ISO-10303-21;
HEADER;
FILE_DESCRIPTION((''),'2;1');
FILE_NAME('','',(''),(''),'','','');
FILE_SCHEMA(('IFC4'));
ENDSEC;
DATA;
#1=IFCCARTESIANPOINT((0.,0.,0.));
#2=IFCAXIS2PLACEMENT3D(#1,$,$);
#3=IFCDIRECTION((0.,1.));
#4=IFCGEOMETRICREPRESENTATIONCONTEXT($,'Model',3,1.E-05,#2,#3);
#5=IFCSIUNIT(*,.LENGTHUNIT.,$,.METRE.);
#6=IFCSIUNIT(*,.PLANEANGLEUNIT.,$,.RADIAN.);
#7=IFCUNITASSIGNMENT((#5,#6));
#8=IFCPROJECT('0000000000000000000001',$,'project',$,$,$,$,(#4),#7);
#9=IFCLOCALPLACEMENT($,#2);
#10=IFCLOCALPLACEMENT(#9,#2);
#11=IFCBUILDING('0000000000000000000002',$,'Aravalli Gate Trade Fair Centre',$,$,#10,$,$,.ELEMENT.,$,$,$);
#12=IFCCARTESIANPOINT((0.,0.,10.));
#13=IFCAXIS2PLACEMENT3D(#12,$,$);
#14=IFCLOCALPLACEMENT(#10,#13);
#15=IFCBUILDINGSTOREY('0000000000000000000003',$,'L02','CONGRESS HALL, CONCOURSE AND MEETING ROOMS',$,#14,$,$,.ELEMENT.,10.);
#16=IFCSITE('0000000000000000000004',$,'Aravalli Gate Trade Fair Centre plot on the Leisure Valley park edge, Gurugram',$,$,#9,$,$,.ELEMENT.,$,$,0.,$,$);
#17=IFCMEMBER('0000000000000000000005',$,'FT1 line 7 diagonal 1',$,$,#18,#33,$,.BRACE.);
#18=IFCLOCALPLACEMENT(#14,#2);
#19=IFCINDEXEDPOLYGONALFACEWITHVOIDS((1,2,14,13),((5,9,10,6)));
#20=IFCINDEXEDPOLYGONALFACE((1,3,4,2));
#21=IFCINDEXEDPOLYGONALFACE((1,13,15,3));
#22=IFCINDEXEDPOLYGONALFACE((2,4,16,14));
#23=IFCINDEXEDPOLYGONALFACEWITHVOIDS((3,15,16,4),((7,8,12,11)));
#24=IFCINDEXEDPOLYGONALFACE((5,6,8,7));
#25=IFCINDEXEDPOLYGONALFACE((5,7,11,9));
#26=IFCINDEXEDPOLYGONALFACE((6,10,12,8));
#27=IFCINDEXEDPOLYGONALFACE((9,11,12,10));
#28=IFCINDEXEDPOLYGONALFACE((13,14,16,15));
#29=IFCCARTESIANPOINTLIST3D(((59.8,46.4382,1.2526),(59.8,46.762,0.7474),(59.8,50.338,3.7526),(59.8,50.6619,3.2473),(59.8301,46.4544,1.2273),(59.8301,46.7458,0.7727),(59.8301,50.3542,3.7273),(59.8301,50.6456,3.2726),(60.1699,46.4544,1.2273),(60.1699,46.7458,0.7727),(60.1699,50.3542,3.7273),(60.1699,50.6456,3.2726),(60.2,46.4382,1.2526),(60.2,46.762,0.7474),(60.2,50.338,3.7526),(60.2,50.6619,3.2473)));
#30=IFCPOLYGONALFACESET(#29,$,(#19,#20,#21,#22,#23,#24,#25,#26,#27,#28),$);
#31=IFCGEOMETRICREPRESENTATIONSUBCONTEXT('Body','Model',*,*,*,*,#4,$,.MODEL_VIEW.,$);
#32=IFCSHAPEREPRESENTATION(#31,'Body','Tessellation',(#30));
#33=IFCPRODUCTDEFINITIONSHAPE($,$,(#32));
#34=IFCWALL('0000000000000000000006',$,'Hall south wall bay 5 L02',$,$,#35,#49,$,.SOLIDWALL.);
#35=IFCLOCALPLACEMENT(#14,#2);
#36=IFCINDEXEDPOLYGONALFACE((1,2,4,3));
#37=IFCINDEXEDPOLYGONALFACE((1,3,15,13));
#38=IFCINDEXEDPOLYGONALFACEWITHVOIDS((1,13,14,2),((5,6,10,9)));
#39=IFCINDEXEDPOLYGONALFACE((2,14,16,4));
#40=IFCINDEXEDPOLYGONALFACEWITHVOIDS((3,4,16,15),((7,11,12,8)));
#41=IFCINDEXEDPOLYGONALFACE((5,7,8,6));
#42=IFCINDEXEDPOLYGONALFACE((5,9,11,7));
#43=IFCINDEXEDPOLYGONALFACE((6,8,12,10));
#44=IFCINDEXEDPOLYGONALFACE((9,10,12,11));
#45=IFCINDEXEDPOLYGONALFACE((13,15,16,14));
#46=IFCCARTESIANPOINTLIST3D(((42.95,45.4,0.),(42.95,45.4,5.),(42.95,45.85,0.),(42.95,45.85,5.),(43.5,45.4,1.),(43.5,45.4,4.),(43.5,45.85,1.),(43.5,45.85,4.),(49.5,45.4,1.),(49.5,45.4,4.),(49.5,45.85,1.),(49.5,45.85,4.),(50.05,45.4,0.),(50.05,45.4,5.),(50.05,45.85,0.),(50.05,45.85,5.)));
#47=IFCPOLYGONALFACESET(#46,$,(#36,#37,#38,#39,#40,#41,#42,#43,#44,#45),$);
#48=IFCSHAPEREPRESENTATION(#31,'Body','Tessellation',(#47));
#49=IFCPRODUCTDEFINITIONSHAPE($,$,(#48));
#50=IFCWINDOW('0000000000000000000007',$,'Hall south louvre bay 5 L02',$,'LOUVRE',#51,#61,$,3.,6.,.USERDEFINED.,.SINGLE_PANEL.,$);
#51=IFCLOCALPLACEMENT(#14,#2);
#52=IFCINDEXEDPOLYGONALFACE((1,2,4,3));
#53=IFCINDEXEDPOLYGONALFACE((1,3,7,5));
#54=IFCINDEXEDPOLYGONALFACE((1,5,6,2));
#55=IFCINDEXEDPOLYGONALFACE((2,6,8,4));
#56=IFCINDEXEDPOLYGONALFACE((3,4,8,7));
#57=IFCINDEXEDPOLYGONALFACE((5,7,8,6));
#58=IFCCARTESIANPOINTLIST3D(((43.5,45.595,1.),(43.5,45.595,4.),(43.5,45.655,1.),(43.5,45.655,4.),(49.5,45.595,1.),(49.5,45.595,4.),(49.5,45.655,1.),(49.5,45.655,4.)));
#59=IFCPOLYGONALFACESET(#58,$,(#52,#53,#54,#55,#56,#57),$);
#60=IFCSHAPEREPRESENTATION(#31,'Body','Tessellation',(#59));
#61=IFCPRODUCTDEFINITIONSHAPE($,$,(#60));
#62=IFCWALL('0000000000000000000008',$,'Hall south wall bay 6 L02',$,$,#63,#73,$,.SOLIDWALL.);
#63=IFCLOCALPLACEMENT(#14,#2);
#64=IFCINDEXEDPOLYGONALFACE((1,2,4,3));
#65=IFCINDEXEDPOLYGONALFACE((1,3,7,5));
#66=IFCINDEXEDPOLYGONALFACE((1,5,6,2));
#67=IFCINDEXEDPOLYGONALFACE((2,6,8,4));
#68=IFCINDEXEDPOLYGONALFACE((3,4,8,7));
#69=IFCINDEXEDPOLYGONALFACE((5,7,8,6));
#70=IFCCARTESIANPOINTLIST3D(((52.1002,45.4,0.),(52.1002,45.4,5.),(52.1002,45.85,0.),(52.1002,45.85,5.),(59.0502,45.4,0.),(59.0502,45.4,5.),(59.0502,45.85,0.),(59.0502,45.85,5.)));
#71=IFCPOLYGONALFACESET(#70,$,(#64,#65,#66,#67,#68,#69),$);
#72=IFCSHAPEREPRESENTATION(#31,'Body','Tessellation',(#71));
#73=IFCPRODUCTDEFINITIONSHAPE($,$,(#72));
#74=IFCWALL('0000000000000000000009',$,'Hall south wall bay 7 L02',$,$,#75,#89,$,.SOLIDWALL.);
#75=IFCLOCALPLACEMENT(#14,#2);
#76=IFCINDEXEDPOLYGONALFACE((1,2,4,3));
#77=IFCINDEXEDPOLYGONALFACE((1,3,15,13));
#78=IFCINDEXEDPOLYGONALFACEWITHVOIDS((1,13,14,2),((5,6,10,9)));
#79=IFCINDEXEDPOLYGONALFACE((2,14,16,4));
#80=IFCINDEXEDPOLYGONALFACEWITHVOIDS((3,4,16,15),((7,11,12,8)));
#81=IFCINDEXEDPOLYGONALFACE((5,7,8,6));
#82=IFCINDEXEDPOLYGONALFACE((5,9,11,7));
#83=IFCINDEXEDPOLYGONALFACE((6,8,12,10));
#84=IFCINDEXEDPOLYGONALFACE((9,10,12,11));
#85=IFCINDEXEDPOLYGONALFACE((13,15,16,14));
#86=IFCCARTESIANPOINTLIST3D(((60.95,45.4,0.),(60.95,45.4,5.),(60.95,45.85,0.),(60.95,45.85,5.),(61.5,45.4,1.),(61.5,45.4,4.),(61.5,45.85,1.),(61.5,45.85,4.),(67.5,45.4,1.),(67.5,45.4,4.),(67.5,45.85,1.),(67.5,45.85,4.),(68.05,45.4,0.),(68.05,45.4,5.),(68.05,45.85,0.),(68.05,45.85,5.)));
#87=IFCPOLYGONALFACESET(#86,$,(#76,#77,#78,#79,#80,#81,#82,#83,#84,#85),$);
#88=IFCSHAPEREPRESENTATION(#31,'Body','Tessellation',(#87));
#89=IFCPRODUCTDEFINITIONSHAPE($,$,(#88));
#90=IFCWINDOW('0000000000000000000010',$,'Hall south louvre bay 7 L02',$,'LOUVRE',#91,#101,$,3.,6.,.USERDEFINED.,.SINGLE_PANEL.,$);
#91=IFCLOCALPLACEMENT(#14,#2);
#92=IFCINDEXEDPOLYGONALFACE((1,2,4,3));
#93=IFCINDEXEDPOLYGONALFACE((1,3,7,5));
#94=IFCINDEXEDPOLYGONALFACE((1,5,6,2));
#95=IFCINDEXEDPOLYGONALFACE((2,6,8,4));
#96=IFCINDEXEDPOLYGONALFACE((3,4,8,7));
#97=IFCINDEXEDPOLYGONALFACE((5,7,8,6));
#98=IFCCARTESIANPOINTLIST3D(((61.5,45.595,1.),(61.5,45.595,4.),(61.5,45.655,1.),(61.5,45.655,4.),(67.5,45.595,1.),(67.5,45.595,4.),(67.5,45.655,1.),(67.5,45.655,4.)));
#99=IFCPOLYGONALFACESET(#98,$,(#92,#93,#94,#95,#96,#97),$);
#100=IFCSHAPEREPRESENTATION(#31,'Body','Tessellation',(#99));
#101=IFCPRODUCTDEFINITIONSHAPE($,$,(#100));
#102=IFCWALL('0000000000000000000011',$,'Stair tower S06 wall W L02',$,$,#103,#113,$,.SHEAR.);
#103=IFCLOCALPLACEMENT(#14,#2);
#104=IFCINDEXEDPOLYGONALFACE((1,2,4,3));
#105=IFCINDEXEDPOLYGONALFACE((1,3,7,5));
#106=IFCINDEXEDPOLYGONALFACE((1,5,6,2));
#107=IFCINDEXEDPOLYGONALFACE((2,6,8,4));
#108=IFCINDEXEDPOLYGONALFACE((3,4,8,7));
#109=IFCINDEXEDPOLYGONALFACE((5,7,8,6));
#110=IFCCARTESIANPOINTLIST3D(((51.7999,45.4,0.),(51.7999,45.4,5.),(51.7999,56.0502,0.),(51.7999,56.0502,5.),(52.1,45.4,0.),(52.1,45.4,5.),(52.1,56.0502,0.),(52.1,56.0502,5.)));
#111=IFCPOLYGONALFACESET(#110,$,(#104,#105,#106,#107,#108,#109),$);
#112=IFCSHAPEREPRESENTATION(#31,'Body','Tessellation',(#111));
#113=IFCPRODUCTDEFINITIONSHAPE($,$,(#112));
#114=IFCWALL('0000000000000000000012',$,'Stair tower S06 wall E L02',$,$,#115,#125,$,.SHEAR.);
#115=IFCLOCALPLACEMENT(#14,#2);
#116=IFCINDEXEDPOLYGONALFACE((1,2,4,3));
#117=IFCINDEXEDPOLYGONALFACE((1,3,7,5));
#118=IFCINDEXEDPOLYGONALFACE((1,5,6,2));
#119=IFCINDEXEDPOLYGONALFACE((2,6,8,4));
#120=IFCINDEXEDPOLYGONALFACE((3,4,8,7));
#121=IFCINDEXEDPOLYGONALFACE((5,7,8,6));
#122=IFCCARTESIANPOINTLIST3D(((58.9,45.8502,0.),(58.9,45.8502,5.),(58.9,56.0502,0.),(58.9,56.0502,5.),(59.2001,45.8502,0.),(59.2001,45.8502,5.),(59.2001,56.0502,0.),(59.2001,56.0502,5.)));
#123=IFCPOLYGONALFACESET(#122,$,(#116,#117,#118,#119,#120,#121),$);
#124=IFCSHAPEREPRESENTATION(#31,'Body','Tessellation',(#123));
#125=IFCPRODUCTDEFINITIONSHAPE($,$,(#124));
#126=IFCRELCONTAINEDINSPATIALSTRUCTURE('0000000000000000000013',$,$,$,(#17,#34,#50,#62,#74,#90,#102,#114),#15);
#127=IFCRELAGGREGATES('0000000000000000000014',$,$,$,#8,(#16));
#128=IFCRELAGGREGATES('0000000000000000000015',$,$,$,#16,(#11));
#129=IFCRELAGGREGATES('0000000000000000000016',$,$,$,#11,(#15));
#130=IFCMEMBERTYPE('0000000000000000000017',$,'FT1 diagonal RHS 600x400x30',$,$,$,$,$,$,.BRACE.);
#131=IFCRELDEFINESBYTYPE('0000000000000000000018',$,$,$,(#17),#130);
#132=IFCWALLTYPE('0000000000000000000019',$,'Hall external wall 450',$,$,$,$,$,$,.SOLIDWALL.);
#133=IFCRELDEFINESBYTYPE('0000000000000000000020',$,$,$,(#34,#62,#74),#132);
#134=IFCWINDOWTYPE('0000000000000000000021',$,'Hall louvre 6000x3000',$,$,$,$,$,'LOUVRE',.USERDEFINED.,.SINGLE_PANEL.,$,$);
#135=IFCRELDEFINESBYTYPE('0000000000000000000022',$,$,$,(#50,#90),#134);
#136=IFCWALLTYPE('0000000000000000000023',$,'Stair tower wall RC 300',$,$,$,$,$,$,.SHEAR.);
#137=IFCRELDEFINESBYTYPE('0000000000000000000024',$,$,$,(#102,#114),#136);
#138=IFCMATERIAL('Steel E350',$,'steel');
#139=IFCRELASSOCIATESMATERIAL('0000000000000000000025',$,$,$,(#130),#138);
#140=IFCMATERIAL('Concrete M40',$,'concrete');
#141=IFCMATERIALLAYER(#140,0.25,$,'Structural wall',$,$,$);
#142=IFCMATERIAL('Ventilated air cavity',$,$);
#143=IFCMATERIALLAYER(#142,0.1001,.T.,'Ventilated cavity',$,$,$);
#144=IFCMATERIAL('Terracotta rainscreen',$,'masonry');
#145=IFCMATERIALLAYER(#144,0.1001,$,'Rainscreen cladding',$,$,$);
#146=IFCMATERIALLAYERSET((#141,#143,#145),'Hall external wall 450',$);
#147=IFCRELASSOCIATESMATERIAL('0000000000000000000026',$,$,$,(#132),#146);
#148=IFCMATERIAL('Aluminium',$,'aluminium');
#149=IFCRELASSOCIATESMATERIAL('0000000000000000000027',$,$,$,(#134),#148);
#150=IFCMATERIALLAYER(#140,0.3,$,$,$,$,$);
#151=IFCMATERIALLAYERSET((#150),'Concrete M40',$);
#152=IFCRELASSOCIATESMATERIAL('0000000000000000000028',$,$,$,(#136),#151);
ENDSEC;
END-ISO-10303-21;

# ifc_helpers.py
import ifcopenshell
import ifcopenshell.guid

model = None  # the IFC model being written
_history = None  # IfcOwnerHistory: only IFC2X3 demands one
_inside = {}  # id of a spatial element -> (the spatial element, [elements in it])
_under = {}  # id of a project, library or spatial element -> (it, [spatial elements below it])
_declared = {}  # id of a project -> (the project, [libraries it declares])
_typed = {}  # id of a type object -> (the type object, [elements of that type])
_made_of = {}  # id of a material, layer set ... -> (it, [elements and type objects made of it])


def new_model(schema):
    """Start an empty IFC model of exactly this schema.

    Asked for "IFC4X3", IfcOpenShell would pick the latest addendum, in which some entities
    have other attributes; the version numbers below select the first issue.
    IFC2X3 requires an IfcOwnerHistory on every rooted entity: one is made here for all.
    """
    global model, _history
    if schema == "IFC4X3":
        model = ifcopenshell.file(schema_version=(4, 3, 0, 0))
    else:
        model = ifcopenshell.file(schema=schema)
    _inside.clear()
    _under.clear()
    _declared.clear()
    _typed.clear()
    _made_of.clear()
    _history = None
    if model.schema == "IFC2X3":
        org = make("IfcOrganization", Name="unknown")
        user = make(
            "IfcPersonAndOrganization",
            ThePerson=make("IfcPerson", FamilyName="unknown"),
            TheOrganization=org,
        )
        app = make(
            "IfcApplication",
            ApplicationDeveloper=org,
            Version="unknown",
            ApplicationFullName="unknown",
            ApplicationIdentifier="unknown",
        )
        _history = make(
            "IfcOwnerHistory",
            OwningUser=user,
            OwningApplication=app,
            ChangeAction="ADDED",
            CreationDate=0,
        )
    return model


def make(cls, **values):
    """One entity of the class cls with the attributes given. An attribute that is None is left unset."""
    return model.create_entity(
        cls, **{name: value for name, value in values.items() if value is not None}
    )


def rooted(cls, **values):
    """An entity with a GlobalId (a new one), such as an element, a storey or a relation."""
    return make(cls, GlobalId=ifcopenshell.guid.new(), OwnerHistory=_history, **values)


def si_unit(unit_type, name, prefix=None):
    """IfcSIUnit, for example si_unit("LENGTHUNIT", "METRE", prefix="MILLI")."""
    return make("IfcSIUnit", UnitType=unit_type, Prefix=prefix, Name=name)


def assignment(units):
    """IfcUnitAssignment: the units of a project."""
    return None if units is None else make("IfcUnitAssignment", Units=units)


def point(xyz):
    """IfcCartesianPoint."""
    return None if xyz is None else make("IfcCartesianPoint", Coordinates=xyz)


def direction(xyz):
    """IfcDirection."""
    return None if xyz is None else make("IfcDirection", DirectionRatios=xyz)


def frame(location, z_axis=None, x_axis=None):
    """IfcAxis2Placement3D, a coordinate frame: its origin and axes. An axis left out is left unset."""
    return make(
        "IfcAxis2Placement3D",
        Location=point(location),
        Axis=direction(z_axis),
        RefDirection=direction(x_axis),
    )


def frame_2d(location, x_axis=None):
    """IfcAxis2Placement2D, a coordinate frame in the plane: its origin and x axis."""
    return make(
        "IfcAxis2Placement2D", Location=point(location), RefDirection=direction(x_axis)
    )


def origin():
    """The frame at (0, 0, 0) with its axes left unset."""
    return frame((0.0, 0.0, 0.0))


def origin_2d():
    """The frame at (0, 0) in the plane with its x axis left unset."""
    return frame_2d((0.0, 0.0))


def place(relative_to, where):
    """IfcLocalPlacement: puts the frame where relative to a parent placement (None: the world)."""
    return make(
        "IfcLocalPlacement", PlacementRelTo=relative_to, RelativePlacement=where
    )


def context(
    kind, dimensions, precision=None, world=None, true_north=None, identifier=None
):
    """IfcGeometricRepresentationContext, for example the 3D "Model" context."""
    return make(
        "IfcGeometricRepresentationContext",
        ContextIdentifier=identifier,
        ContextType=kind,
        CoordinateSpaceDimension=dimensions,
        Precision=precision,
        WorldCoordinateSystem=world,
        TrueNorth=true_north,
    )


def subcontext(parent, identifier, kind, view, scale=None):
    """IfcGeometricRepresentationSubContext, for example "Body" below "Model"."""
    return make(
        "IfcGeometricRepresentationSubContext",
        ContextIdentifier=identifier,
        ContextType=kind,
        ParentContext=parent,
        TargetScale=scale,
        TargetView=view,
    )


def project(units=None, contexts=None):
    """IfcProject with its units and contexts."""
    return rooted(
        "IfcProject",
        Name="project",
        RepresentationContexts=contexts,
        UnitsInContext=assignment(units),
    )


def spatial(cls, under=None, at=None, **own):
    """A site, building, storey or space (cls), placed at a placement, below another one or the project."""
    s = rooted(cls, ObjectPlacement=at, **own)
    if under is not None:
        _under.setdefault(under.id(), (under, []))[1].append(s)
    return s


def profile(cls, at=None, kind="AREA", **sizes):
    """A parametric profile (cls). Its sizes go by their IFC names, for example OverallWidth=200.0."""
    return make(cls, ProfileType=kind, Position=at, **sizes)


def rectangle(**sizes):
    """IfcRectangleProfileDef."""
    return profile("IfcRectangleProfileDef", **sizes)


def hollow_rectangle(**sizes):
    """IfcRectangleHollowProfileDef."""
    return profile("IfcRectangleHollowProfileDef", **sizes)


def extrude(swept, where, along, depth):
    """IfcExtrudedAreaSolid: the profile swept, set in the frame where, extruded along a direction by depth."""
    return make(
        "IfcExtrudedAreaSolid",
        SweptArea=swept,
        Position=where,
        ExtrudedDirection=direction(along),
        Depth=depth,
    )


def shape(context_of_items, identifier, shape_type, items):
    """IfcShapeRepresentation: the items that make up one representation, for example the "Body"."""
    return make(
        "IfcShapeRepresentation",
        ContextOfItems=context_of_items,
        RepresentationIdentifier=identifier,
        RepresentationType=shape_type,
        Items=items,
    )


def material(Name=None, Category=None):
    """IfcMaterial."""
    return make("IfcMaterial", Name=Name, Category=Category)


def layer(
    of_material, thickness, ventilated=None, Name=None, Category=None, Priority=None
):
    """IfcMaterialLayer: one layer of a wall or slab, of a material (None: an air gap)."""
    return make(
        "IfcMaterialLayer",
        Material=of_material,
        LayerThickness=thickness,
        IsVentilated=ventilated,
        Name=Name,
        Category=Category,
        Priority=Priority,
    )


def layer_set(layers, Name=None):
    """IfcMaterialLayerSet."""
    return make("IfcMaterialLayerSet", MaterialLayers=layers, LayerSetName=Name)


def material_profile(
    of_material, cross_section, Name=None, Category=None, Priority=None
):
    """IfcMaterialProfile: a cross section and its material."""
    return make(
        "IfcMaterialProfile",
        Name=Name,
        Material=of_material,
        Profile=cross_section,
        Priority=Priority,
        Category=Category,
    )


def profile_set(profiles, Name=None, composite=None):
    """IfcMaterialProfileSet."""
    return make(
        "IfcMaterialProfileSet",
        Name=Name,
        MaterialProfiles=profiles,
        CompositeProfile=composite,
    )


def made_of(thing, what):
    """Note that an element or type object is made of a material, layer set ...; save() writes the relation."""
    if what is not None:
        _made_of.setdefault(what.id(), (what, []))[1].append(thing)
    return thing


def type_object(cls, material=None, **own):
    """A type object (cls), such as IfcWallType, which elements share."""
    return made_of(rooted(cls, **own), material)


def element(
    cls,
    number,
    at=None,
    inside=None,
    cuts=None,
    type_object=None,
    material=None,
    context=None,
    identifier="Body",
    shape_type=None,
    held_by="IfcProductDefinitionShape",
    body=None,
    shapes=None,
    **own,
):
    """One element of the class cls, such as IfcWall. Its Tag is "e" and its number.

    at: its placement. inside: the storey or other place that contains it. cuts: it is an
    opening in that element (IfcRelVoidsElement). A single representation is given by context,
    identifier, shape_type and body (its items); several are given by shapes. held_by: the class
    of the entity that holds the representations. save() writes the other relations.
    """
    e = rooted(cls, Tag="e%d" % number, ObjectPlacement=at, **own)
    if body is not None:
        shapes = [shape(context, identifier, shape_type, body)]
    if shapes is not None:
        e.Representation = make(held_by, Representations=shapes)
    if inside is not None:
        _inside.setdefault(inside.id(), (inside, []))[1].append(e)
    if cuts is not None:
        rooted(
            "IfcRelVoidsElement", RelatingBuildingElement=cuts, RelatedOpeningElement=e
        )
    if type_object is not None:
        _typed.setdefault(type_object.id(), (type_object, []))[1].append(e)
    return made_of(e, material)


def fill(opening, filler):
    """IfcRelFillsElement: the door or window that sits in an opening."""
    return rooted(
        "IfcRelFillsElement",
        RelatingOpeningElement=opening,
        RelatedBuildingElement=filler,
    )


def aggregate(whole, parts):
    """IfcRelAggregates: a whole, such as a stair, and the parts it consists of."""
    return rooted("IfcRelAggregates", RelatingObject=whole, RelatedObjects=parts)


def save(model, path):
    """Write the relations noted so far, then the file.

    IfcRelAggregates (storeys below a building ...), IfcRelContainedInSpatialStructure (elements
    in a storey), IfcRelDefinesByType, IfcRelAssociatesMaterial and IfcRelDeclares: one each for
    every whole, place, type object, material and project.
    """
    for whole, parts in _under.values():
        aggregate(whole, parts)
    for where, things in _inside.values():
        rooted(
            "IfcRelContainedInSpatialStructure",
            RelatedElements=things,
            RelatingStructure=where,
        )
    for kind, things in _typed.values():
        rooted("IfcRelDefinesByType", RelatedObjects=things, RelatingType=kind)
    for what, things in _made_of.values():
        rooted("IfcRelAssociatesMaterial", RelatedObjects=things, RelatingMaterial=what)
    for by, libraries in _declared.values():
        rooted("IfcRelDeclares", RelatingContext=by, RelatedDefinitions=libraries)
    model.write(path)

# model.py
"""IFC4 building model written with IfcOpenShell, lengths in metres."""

from ifc_helpers import new_model, si_unit, direction, frame, frame_2d, origin, origin_2d, place, context, subcontext, project, spatial, rectangle, hollow_rectangle, extrude, material, layer, layer_set, material_profile, profile_set, type_object, element, fill, save


model = new_model("IFC4")

# Units and contexts
model_context = context("Model", 3, precision=1e-05, world=origin(), true_north=direction((0.0, 1.0)))
body_context = subcontext(model_context, "Body", "Model", "MODEL_VIEW")
ifc_project = project(units=[si_unit("LENGTHUNIT", "METRE"), si_unit("PLANEANGLEUNIT", "RADIAN")], contexts=[model_context])

# Site, building, storey
site_placement = place(None, origin())
site = spatial("IfcSite", under=ifc_project, at=site_placement, Name="Aravalli Gate Trade Fair Centre plot on the Leisure Valley park edge, Gurugram", CompositionType="ELEMENT", RefElevation=0.0)
building_placement = place(site_placement, origin())
building = spatial("IfcBuilding", under=site, at=building_placement, Name="Aravalli Gate Trade Fair Centre", CompositionType="ELEMENT")
storey_placement = place(building_placement, frame((0.0, 0.0, 10.0)))
storey = spatial("IfcBuildingStorey", under=building, at=storey_placement, Name="L02", Description="CONGRESS HALL, CONCOURSE AND MEETING ROOMS", CompositionType="ELEMENT", Elevation=10.0)

# Shared definitions
ifc_material_1 = material(Name="Steel E350", Category="steel")

# Member
ifc_material_profile_1 = material_profile(ifc_material_1, hollow_rectangle(XDim=0.3999, YDim=0.6001, WallThickness=0.03, at=origin_2d()), Name="RHS 600x400x30")
ifc_profile_set_1 = profile_set([ifc_material_profile_1], Name="Steel E350")
member_type_1 = type_object("IfcMemberType", Name="FT1 diagonal RHS 600x400x30", PredefinedType="BRACE", material=ifc_profile_set_1)
for number, where, z_axis, x_axis, name in (
    (1, (60.0, 46.6001, 1.0), (0.0, 0.841873, 0.539676), (-1.0, 0.0, 0.0), "FT1 line 7 diagonal 1"),
):
    element("IfcMember", number, at=place(storey_placement, frame(where, z_axis=z_axis, x_axis=x_axis)), inside=storey, type_object=member_type_1, Name=name, PredefinedType="BRACE", context=body_context, shape_type="SweptSolid", body=[
        extrude(hollow_rectangle(XDim=0.3999, YDim=0.6001, WallThickness=0.03, at=origin_2d()), origin(), (0.0, 0.0, 1.0), 4.6323),
    ])

# Wall, opening, window
ifc_material_2 = material(Name="Concrete M40", Category="concrete")
ifc_layer_1 = layer(ifc_material_2, 0.25, Name="Structural wall")
ifc_material_3 = material(Name="Ventilated air cavity")
ifc_layer_2 = layer(ifc_material_3, 0.1001, ventilated=True, Name="Ventilated cavity")
ifc_material_4 = material(Name="Terracotta rainscreen", Category="masonry")
ifc_layer_3 = layer(ifc_material_4, 0.1001, Name="Rainscreen cladding")
ifc_layer_set_1 = layer_set([ifc_layer_1, ifc_layer_2, ifc_layer_3], Name="Hall external wall 450")
wall_type_1 = type_object("IfcWallType", Name="Hall external wall 450", PredefinedType="SOLIDWALL", material=ifc_layer_set_1)
wall_1_placement = place(storey_placement, frame((42.95, 45.625, 0.0), z_axis=(0.0, 0.0, 1.0), x_axis=(1.0, 0.0, 0.0)))
wall_1 = element("IfcWall", 2, at=wall_1_placement, inside=storey, type_object=wall_type_1, Name="Hall south wall bay 5 L02", PredefinedType="SOLIDWALL", context=body_context, shape_type="SweptSolid", body=[
    extrude(rectangle(XDim=7.1001, YDim=0.45, at=frame_2d((3.55, 0.0))), origin(), (0.0, 0.0, 1.0), 5.0),
])
opening_1_placement = place(wall_1_placement, frame((0.55, 0.0, 1.0)))
opening_1 = element("IfcOpeningElement", 3, at=opening_1_placement, cuts=wall_1, PredefinedType="OPENING", context=body_context, shape_type="SweptSolid", body=[
    extrude(rectangle(XDim=6.0, YDim=3.0, at=frame_2d((3.0, 1.5))), frame((0.0, 0.2349, 0.0), z_axis=(0.0, -1.0, 0.0), x_axis=(1.0, 0.0, 0.0)), (0.0, 0.0, 1.0), 0.47),
])
ifc_material_5 = material(Name="Aluminium", Category="aluminium")
window_type = type_object("IfcWindowType", Name="Hall louvre 6000x3000", ElementType="LOUVRE", PartitioningType="SINGLE_PANEL", PredefinedType="USERDEFINED", material=ifc_material_5)
window_1_placement = place(opening_1_placement, origin())
window_1 = element("IfcWindow", 4, at=window_1_placement, inside=storey, type_object=window_type, Name="Hall south louvre bay 5 L02", ObjectType="LOUVRE", OverallHeight=3.0, OverallWidth=6.0, PartitioningType="SINGLE_PANEL", PredefinedType="USERDEFINED", context=body_context, shape_type="SweptSolid", body=[
    extrude(rectangle(XDim=6.0, YDim=3.0, at=frame_2d((3.0, 1.5))), frame((0.0, 0.03, 0.0), z_axis=(0.0, -1.0, 0.0), x_axis=(1.0, 0.0, 0.0)), (0.0, 0.0, 1.0), 0.0601),
])
fill(opening_1, window_1)

# Wall
wall_2_placement = place(storey_placement, frame((52.1001, 45.625, 0.0), z_axis=(0.0, 0.0, 1.0), x_axis=(1.0, 0.0, 0.0)))
element("IfcWall", 5, at=wall_2_placement, inside=storey, type_object=wall_type_1, Name="Hall south wall bay 6 L02", PredefinedType="SOLIDWALL", context=body_context, shape_type="SweptSolid", body=[
    extrude(rectangle(XDim=6.95, YDim=0.45, at=frame_2d((3.4751, 0.0))), origin(), (0.0, 0.0, 1.0), 5.0),
])

# Wall, opening, window
wall_3_placement = place(storey_placement, frame((60.95, 45.625, 0.0), z_axis=(0.0, 0.0, 1.0), x_axis=(1.0, 0.0, 0.0)))
wall_3 = element("IfcWall", 6, at=wall_3_placement, inside=storey, type_object=wall_type_1, Name="Hall south wall bay 7 L02", PredefinedType="SOLIDWALL", context=body_context, shape_type="SweptSolid", body=[
    extrude(rectangle(XDim=7.1001, YDim=0.45, at=frame_2d((3.55, 0.0))), origin(), (0.0, 0.0, 1.0), 5.0),
])
opening_2_placement = place(wall_3_placement, frame((0.55, 0.0, 1.0)))
opening_2 = element("IfcOpeningElement", 7, at=opening_2_placement, cuts=wall_3, PredefinedType="OPENING", context=body_context, shape_type="SweptSolid", body=[
    extrude(rectangle(XDim=6.0, YDim=3.0, at=frame_2d((3.0, 1.5))), frame((0.0, 0.2349, 0.0), z_axis=(0.0, -1.0, 0.0), x_axis=(1.0, 0.0, 0.0)), (0.0, 0.0, 1.0), 0.47),
])
window_2_placement = place(opening_2_placement, origin())
window_2 = element("IfcWindow", 8, at=window_2_placement, inside=storey, type_object=window_type, Name="Hall south louvre bay 7 L02", ObjectType="LOUVRE", OverallHeight=3.0, OverallWidth=6.0, PartitioningType="SINGLE_PANEL", PredefinedType="USERDEFINED", context=body_context, shape_type="SweptSolid", body=[
    extrude(rectangle(XDim=6.0, YDim=3.0, at=frame_2d((3.0, 1.5))), frame((0.0, 0.03, 0.0), z_axis=(0.0, -1.0, 0.0), x_axis=(1.0, 0.0, 0.0)), (0.0, 0.0, 1.0), 0.0601),
])
fill(opening_2, window_2)

# Walls
ifc_layer_4 = layer(ifc_material_2, 0.3)
ifc_layer_set_2 = layer_set([ifc_layer_4], Name="Concrete M40")
wall_type_2 = type_object("IfcWallType", Name="Stair tower wall RC 300", PredefinedType="SHEAR", material=ifc_layer_set_2)
wall_4_placement = place(storey_placement, frame((51.95, 45.3999, 0.0), z_axis=(0.0, 0.0, 1.0), x_axis=(0.0, 1.0, 0.0)))
element("IfcWall", 9, at=wall_4_placement, inside=storey, type_object=wall_type_2, Name="Stair tower S06 wall W L02", PredefinedType="SHEAR", context=body_context, shape_type="SweptSolid", body=[
    extrude(rectangle(XDim=10.6501, YDim=0.3, at=frame_2d((5.3252, 0.0))), origin(), (0.0, 0.0, 1.0), 5.0),
])
wall_5_placement = place(storey_placement, frame((59.05, 45.8501, 0.0), z_axis=(0.0, 0.0, 1.0), x_axis=(0.0, 1.0, 0.0)))
element("IfcWall", 10, at=wall_5_placement, inside=storey, type_object=wall_type_2, Name="Stair tower S06 wall E L02", PredefinedType="SHEAR", context=body_context, shape_type="SweptSolid", body=[
    extrude(rectangle(XDim=10.2, YDim=0.3, at=frame_2d((5.1001, 0.0))), origin(), (0.0, 0.0, 1.0), 5.0),
])

save(model, "model.ifc")
